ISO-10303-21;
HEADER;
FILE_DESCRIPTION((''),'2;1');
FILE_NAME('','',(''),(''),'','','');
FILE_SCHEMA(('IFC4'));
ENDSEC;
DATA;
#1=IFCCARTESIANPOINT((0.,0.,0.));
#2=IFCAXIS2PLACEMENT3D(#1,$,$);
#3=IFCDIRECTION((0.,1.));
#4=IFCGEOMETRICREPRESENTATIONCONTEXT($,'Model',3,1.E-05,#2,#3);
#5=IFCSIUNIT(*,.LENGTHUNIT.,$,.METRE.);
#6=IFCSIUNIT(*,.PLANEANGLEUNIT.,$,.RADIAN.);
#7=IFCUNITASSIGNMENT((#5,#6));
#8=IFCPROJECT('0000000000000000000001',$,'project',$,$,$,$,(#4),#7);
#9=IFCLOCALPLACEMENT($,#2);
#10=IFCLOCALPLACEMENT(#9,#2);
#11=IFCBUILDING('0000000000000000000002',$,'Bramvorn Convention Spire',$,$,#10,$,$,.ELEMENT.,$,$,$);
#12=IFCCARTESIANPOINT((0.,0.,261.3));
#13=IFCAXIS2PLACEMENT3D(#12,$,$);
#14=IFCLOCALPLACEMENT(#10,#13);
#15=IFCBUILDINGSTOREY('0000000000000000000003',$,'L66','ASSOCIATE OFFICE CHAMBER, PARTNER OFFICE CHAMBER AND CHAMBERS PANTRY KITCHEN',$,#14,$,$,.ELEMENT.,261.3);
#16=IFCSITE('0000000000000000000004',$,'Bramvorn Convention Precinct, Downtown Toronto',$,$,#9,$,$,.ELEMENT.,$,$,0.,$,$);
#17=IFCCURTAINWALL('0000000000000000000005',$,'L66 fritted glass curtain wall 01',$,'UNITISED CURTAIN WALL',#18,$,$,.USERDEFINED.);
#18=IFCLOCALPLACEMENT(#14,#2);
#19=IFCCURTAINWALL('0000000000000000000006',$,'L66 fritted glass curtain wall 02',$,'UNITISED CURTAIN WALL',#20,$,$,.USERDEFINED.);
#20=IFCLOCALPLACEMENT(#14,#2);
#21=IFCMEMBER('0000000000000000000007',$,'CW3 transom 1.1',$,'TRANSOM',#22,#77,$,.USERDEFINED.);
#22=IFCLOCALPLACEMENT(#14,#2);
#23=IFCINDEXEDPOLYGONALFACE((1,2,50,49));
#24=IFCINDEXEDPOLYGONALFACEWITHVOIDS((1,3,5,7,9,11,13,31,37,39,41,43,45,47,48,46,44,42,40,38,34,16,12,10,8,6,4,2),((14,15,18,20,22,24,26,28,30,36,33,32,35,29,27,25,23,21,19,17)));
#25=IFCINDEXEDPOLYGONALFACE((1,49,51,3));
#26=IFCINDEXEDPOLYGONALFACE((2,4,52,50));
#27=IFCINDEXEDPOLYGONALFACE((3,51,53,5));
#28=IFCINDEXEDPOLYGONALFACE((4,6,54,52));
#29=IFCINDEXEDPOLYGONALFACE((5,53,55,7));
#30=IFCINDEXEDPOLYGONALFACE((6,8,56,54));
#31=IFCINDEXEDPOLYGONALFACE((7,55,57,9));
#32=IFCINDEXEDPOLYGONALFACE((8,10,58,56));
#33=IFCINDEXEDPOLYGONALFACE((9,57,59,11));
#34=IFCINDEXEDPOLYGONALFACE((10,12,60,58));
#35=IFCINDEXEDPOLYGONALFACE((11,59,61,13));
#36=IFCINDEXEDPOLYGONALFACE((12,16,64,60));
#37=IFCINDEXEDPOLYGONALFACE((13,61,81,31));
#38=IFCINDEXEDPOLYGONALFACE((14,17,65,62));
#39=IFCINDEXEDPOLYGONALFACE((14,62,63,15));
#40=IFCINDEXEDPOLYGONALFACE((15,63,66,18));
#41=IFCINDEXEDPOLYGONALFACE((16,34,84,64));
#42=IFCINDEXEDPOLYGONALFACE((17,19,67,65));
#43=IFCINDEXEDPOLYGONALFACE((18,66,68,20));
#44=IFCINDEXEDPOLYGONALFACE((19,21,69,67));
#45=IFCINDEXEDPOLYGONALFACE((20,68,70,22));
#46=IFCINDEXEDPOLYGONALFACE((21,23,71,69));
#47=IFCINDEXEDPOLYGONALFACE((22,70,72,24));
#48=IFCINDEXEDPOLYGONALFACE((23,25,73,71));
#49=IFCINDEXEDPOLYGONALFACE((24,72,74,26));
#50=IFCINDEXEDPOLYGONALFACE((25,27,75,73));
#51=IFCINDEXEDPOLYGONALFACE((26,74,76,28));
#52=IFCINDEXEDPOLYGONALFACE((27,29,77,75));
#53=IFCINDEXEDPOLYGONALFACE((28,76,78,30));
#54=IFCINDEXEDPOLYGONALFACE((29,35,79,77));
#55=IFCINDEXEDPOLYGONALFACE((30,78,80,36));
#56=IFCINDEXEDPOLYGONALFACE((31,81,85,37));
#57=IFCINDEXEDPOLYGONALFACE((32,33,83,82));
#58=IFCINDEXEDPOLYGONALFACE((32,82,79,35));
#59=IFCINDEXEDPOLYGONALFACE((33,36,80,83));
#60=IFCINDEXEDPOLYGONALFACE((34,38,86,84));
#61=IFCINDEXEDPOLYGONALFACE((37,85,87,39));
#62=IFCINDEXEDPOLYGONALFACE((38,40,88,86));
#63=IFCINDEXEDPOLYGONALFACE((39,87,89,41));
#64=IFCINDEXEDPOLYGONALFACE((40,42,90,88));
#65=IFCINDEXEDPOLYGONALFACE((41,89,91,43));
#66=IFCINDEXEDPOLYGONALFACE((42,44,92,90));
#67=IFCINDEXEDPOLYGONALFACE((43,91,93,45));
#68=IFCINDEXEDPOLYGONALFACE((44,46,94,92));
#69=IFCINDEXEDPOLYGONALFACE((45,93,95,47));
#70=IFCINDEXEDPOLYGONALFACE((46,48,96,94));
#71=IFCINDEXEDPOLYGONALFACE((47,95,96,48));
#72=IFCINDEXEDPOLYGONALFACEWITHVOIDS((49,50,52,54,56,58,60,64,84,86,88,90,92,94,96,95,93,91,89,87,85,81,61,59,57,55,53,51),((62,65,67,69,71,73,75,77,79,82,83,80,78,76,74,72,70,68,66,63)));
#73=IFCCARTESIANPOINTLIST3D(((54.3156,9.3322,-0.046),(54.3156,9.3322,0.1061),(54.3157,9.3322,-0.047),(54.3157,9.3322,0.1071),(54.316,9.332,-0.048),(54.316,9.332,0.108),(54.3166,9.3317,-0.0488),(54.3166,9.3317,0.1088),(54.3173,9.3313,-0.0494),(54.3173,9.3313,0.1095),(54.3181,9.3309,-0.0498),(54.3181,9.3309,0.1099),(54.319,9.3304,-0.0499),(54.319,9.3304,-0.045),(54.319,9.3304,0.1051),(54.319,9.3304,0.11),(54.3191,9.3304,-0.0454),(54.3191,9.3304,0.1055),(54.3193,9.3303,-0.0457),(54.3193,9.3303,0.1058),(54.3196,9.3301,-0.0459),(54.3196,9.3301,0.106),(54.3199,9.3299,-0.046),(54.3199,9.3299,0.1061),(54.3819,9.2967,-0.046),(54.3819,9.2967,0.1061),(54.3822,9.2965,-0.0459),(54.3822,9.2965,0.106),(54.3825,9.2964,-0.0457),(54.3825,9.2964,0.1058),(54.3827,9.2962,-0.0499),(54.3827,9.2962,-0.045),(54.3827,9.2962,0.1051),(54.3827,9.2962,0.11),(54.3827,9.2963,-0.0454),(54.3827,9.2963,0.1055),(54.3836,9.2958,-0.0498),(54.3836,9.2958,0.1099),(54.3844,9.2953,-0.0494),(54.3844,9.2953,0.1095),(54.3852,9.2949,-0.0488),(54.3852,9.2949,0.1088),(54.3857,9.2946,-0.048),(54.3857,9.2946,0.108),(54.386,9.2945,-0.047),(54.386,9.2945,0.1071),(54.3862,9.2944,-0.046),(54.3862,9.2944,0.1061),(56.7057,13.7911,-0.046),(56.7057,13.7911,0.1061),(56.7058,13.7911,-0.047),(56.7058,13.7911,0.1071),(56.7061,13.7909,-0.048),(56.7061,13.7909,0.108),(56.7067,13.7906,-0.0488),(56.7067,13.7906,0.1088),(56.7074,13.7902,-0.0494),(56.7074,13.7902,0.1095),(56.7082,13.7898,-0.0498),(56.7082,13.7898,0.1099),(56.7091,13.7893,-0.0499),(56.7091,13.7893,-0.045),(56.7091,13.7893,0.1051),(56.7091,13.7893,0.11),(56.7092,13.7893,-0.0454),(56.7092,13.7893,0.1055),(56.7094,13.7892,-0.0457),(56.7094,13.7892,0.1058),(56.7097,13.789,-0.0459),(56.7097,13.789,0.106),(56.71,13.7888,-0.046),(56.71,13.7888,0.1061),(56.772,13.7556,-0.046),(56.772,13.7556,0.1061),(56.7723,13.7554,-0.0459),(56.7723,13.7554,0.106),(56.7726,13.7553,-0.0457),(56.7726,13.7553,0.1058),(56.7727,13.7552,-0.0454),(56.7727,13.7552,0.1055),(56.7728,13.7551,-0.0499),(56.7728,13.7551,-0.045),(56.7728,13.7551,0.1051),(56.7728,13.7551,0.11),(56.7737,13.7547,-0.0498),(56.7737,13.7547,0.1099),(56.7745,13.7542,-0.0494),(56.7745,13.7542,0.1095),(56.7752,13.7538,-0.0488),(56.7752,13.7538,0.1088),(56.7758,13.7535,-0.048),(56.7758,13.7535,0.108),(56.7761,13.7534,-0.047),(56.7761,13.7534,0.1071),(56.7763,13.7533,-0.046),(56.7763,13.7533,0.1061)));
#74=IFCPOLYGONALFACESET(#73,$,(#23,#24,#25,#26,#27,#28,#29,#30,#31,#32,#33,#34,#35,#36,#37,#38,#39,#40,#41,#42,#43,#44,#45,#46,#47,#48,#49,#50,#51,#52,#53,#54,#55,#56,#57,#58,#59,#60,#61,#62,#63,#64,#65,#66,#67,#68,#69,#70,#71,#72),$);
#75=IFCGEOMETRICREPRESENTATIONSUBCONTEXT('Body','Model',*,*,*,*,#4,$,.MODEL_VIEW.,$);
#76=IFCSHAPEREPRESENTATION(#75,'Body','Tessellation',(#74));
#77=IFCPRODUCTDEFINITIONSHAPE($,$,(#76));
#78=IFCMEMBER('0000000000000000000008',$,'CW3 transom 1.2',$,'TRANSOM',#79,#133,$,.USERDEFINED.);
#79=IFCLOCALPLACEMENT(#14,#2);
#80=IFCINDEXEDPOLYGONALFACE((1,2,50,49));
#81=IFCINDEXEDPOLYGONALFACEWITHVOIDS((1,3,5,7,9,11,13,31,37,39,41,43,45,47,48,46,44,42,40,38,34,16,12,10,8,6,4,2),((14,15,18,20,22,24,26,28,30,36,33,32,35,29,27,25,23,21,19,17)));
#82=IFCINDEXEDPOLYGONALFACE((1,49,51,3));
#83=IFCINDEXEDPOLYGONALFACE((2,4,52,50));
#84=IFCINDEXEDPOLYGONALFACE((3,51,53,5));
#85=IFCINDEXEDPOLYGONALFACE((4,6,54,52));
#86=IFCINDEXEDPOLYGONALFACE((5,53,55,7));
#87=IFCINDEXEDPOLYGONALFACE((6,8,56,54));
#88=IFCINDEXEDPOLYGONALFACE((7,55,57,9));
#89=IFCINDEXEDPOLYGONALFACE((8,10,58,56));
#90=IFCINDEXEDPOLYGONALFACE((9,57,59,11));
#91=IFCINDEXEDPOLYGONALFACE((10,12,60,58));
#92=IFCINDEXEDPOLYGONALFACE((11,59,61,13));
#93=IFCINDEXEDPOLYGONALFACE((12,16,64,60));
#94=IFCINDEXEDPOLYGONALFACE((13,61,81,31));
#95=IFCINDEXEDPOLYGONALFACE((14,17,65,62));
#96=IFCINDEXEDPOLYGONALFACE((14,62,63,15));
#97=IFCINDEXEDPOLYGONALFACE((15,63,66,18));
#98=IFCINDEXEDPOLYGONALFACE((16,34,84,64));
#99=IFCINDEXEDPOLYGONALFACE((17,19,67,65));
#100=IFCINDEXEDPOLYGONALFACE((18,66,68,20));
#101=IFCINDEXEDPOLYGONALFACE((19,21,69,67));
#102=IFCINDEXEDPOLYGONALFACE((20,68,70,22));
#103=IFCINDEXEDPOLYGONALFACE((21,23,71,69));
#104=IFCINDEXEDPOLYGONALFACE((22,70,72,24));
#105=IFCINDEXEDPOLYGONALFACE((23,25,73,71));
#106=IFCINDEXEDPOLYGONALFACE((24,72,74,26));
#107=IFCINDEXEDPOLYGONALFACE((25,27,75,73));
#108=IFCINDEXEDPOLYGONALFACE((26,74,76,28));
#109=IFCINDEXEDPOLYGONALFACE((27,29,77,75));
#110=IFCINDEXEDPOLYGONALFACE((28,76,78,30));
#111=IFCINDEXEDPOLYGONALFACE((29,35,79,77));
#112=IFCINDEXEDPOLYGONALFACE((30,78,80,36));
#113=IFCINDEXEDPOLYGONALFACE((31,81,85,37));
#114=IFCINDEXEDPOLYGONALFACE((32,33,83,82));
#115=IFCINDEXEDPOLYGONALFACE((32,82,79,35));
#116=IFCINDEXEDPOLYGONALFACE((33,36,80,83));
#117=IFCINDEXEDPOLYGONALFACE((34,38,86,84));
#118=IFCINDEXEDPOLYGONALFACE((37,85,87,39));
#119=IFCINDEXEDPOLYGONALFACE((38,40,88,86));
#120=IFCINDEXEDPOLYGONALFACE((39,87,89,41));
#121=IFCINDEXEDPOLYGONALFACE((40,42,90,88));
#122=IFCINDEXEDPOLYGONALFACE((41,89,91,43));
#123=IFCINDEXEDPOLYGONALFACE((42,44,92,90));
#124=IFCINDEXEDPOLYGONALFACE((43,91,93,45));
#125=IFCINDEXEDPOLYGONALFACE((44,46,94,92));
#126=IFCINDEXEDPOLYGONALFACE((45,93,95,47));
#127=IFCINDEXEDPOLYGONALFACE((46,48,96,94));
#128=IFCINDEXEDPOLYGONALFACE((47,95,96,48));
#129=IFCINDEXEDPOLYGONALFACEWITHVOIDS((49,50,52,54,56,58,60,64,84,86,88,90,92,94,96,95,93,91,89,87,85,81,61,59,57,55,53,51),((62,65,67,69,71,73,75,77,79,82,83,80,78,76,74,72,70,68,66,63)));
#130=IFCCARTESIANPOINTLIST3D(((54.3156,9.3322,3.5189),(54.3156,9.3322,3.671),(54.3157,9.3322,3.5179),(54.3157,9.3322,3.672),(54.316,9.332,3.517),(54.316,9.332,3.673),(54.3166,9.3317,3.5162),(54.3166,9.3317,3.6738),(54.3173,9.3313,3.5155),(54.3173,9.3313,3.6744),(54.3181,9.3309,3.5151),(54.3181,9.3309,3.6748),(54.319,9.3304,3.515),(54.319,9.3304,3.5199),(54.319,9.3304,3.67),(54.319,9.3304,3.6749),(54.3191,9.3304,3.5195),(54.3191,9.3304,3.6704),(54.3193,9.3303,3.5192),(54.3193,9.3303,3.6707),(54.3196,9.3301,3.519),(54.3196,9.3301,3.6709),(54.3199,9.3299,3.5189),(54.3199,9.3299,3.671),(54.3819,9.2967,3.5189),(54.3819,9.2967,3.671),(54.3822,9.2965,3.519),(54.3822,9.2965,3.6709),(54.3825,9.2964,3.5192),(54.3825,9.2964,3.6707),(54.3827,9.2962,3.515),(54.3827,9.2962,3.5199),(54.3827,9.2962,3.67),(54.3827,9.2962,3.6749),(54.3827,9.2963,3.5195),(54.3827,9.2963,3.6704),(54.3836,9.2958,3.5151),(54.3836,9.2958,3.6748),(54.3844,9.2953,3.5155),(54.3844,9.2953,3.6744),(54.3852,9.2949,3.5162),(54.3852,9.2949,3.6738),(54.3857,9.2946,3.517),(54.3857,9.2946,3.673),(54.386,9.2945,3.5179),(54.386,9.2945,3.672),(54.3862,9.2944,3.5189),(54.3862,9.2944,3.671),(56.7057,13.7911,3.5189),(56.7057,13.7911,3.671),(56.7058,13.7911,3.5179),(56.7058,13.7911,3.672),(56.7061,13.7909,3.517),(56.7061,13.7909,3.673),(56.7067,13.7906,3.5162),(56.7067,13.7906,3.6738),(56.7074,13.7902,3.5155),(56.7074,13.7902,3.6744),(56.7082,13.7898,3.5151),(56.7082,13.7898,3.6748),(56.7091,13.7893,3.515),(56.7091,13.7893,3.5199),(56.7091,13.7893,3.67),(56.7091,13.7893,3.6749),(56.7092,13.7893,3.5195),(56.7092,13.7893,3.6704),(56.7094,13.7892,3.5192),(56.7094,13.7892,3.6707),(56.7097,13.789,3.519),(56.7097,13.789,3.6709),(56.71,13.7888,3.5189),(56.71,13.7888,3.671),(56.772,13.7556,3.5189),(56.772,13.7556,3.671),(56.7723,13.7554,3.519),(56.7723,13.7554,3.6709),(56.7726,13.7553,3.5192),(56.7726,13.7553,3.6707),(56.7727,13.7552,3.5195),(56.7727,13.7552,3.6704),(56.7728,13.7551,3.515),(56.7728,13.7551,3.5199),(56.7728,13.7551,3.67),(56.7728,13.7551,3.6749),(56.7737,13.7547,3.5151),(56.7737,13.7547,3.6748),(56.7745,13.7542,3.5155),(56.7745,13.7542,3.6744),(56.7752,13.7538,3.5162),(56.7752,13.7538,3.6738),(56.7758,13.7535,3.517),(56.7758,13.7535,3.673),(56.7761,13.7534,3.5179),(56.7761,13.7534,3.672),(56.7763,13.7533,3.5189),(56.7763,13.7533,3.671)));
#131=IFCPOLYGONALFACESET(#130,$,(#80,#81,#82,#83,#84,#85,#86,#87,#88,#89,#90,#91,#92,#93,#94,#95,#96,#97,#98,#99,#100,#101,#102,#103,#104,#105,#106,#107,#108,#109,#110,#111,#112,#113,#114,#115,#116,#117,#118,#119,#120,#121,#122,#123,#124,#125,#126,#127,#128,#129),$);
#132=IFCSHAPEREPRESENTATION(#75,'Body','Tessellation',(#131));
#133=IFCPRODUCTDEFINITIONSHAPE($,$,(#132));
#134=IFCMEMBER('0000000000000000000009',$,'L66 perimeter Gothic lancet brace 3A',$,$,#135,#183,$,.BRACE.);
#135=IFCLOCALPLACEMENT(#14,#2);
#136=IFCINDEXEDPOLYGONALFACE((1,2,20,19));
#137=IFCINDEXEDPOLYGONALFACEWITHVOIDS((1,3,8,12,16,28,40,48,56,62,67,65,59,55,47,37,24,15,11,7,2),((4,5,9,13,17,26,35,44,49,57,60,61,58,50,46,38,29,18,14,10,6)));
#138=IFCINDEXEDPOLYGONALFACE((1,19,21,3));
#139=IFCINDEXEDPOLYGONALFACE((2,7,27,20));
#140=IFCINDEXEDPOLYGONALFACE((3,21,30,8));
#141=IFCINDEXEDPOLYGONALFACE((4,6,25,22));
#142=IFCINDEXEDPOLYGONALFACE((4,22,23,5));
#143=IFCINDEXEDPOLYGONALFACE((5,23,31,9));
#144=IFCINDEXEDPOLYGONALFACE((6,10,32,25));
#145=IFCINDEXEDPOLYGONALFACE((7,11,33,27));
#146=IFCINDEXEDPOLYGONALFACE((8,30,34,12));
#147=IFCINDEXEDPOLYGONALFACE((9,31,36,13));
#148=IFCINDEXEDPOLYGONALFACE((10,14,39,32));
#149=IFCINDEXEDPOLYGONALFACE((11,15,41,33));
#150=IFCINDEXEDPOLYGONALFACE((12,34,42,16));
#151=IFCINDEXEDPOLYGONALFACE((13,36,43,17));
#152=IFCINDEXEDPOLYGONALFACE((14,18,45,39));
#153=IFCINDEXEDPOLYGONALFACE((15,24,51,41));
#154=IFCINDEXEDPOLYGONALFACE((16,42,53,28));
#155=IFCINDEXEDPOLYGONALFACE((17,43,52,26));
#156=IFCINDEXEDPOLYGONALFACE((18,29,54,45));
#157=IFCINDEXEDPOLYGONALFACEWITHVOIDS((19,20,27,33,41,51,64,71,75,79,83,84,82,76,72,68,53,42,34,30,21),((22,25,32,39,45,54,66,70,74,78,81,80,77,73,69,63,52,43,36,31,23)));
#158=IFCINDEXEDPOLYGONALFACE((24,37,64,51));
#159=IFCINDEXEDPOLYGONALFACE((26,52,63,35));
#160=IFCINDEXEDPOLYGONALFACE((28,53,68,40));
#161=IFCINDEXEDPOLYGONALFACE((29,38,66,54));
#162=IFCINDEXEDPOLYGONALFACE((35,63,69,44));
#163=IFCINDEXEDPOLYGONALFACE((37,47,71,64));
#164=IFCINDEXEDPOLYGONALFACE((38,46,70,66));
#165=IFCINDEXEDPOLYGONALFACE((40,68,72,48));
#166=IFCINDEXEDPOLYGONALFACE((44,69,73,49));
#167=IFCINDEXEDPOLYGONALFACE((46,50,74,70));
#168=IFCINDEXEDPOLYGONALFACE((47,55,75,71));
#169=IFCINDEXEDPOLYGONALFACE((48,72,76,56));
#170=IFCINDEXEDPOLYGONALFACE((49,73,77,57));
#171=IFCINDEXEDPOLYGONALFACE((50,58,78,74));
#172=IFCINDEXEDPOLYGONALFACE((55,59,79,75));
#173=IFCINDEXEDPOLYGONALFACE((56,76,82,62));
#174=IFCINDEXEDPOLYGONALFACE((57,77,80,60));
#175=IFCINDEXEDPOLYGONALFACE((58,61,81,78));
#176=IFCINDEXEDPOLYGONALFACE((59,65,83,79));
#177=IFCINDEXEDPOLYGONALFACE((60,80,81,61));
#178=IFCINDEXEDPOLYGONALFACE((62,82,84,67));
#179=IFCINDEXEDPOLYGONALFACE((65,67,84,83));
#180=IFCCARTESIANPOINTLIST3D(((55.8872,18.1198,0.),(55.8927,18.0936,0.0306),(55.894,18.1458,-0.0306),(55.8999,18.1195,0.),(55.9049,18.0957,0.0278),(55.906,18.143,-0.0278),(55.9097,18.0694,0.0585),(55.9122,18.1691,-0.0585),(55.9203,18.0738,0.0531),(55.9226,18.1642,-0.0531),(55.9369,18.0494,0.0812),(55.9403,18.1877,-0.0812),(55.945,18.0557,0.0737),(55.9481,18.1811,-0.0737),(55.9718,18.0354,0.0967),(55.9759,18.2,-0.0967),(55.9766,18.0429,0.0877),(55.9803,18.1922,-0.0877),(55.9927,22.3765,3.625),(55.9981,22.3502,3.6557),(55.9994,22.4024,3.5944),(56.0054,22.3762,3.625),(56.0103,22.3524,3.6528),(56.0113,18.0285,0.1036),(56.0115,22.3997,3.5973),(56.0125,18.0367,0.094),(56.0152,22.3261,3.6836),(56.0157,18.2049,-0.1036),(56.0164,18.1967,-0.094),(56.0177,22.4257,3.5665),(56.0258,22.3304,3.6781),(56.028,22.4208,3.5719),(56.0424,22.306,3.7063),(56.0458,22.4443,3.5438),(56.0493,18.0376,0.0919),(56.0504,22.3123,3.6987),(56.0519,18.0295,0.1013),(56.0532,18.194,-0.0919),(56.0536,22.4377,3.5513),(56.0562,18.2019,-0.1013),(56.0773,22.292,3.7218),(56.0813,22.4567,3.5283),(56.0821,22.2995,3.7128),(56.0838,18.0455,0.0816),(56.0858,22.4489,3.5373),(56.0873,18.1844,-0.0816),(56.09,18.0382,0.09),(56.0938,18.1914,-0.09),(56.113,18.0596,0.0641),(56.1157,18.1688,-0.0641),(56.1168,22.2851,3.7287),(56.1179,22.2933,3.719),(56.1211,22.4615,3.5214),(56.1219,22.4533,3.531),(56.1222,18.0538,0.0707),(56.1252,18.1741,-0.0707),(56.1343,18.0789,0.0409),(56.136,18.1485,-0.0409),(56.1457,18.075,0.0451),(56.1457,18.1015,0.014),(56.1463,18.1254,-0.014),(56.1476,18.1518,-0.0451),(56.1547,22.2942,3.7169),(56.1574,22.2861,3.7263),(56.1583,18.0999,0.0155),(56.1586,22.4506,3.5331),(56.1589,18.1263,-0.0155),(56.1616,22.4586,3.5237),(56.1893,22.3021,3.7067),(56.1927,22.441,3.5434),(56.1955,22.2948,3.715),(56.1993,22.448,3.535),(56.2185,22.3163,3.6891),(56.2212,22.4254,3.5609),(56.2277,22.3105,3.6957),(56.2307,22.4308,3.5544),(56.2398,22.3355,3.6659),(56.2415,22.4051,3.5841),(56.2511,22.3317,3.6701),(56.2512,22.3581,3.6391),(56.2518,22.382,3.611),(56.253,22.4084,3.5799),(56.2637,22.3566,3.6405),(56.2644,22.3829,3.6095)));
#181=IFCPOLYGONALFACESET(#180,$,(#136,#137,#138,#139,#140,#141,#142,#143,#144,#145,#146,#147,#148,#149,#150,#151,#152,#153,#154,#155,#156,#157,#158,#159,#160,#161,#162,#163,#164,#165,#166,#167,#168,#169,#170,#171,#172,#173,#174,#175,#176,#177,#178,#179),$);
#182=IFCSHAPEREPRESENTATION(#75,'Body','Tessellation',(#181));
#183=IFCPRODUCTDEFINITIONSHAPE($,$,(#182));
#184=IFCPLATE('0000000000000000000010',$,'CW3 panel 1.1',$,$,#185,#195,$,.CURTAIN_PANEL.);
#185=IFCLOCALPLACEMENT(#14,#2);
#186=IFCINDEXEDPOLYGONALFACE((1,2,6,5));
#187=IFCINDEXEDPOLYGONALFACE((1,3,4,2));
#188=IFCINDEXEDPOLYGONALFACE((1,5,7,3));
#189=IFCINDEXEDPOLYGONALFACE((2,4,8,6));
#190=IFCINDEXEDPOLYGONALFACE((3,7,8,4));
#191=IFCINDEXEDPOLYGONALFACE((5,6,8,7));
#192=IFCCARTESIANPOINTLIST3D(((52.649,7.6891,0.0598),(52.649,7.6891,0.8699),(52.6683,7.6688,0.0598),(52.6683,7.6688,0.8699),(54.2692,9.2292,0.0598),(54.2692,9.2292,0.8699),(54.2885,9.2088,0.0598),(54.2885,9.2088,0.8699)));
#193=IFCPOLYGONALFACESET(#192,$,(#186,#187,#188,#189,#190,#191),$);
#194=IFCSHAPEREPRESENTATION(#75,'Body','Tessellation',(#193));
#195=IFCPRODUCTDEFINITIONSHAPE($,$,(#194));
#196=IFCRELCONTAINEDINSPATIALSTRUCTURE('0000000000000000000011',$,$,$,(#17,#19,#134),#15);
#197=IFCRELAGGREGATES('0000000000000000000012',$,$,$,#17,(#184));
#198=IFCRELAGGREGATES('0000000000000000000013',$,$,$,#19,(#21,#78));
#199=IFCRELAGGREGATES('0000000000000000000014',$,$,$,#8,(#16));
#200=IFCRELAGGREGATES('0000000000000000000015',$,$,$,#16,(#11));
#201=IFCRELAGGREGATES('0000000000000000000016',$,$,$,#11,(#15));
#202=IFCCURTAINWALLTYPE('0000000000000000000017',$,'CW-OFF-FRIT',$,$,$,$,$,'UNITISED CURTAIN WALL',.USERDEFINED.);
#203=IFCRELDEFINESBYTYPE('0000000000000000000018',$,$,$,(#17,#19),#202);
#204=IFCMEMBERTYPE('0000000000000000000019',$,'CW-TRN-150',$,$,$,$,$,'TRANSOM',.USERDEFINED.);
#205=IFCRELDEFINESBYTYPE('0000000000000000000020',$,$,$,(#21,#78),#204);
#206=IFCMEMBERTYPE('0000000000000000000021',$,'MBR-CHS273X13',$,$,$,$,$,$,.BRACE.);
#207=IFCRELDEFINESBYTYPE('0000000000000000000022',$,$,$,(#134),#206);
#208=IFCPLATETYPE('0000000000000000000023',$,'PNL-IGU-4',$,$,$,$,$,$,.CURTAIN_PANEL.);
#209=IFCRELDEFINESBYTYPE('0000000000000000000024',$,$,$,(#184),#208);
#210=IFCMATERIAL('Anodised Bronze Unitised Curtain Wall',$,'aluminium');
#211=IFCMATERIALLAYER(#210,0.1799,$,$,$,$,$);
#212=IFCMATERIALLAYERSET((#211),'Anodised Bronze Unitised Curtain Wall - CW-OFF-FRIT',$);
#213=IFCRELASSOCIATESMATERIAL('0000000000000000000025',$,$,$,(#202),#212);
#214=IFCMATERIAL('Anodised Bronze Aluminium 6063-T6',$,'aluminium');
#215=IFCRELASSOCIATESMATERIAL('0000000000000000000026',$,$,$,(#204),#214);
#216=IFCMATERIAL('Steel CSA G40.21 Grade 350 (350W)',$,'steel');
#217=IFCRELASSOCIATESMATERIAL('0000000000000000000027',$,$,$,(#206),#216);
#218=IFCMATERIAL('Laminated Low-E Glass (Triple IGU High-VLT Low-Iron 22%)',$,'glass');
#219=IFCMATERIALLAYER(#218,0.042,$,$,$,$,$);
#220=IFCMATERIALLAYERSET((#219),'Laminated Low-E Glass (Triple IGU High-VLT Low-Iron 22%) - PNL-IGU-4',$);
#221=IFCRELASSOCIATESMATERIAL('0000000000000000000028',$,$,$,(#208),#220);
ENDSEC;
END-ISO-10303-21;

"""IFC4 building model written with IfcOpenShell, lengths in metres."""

from ifc_helpers import new_model, si_unit, direction, frame, origin, origin_2d, place, context, subcontext, project, spatial, rectangle, hollow_rectangle, hollow_circle, extrude, material, layer, layer_set, material_profile, profile_set, type_object, element, aggregate, save


model = new_model("IFC4")

# Units and contexts
model_context = context("Model", 3, precision=1e-05, world=origin(), true_north=direction((0.0, 1.0)))
body_context = subcontext(model_context, "Body", "Model", "MODEL_VIEW")
ifc_project = project(units=[si_unit("LENGTHUNIT", "METRE"), si_unit("PLANEANGLEUNIT", "RADIAN")], contexts=[model_context])

# Site, building, storey
site_placement = place(None, origin())
site = spatial("IfcSite", under=ifc_project, at=site_placement, Name="Bramvorn Convention Precinct, Downtown Toronto", CompositionType="ELEMENT", RefElevation=0.0)
building_placement = place(site_placement, origin())
building = spatial("IfcBuilding", under=site, at=building_placement, Name="Bramvorn Convention Spire", CompositionType="ELEMENT")
storey_placement = place(building_placement, frame((0.0, 0.0, 261.3)))
storey = spatial("IfcBuildingStorey", under=building, at=storey_placement, Name="L66", Description="ASSOCIATE OFFICE CHAMBER, PARTNER OFFICE CHAMBER AND CHAMBERS PANTRY KITCHEN", CompositionType="ELEMENT", Elevation=261.3)

# Shared definitions
ifc_material_1 = material(Name="Steel CSA G40.21 Grade 350 (350W)", Category="steel")

# Curtain walls
ifc_material_2 = material(Name="Anodised Bronze Unitised Curtain Wall", Category="aluminium")
ifc_layer_1 = layer(ifc_material_2, 0.1799)
ifc_layer_set_1 = layer_set([ifc_layer_1], Name="Anodised Bronze Unitised Curtain Wall - CW-OFF-FRIT")
curtain_wall_type = type_object("IfcCurtainWallType", Name="CW-OFF-FRIT", ElementType="UNITISED CURTAIN WALL", PredefinedType="USERDEFINED", material=ifc_layer_set_1)
curtain_wall_1_placement = place(storey_placement, origin())
curtain_wall_1 = element("IfcCurtainWall", 1, at=curtain_wall_1_placement, inside=storey, type_object=curtain_wall_type, Name="L66 fritted glass curtain wall 01", ObjectType="UNITISED CURTAIN WALL", PredefinedType="USERDEFINED")
ifc_material_3 = material(Name="Anodised Bronze Aluminium 6063-T6", Category="aluminium")
curtain_wall_2_placement = place(storey_placement, origin())
curtain_wall_2 = element("IfcCurtainWall", 2, at=curtain_wall_2_placement, inside=storey, type_object=curtain_wall_type, Name="L66 fritted glass curtain wall 02", ObjectType="UNITISED CURTAIN WALL", PredefinedType="USERDEFINED")

# Members
ifc_material_profile_1 = material_profile(ifc_material_3, hollow_rectangle(XDim=0.0801, YDim=0.1599, WallThickness=0.0039, InnerFilletRadius=0.001, OuterFilletRadius=0.0039, at=origin_2d()))
ifc_profile_set_1 = profile_set([ifc_material_profile_1], Name="Anodised Bronze Aluminium 6063-T6 - CWT80X160")
member_type_1 = type_object("IfcMemberType", Name="CW-TRN-150", ElementType="TRANSOM", PredefinedType="USERDEFINED", material=ifc_profile_set_1)
member_1_placement = place(storey_placement, frame((56.741, 13.7722, 0.03), z_axis=(-0.472436, -0.881365, 0.0), x_axis=(0.881365, -0.472436, 0.0)))
member_1 = element("IfcMember", 3, at=member_1_placement, type_object=member_type_1, Name="CW3 transom 1.1", ObjectType="TRANSOM", PredefinedType="USERDEFINED", context=body_context, shape_type="SweptSolid", body=[
    extrude(hollow_rectangle(XDim=0.0801, YDim=0.1599, WallThickness=0.0039, InnerFilletRadius=0.001, OuterFilletRadius=0.0039, at=origin_2d()), origin(), (0.0, 0.0, 1.0), 5.0591),
])
member_2_placement = place(storey_placement, frame((56.741, 13.7722, 3.595), z_axis=(-0.472436, -0.881365, 0.0), x_axis=(0.881365, -0.472436, 0.0)))
member_2 = element("IfcMember", 4, at=member_2_placement, type_object=member_type_1, Name="CW3 transom 1.2", ObjectType="TRANSOM", PredefinedType="USERDEFINED", context=body_context, shape_type="SweptSolid", body=[
    extrude(hollow_rectangle(XDim=0.0801, YDim=0.1599, WallThickness=0.0039, InnerFilletRadius=0.001, OuterFilletRadius=0.0039, at=origin_2d()), origin(), (0.0, 0.0, 1.0), 5.0591),
])
ifc_material_profile_2 = material_profile(ifc_material_1, hollow_circle(Radius=0.1365, WallThickness=0.0127, at=origin_2d()))
ifc_profile_set_2 = profile_set([ifc_material_profile_2], Name="Steel CSA G40.21 Grade 350 (350W) - CHS273X13")
member_type_2 = type_object("IfcMemberType", Name="MBR-CHS273X13", PredefinedType="BRACE", material=ifc_profile_set_2)
member_3_placement = place(storey_placement, frame((56.0237, 18.1165, 0.0), z_axis=(0.018861, 0.761195, 0.648249), x_axis=(-0.999693, 0.02477, 0.0)))
element("IfcMember", 5, at=member_3_placement, inside=storey, type_object=member_type_2, Name="L66 perimeter Gothic lancet brace 3A", PredefinedType="BRACE", context=body_context, shape_type="SweptSolid", body=[
    extrude(hollow_circle(Radius=0.1365, WallThickness=0.0127, at=origin_2d()), origin(), (0.0, 0.0, 1.0), 5.592),
])

# Plate
ifc_material_4 = material(Name="Laminated Low-E Glass (Triple IGU High-VLT Low-Iron 22%)", Category="glass")
ifc_layer_2 = layer(ifc_material_4, 0.042)
ifc_layer_set_2 = layer_set([ifc_layer_2], Name="Laminated Low-E Glass (Triple IGU High-VLT Low-Iron 22%) - PNL-IGU-4")
plate_type = type_object("IfcPlateType", Name="PNL-IGU-4", PredefinedType="CURTAIN_PANEL", material=ifc_layer_set_2)
plate_1_placement = place(storey_placement, frame((53.4688, 8.449, 0.0598), z_axis=(0.0, 0.0, 1.0), x_axis=(-0.724823, -0.688935, 0.0)))
plate_1 = element("IfcPlate", 6, at=plate_1_placement, type_object=plate_type, Name="CW3 panel 1.1", PredefinedType="CURTAIN_PANEL", context=body_context, shape_type="SweptSolid", body=[
    extrude(rectangle(XDim=2.2354, YDim=0.0281, at=origin_2d()), origin(), (0.0, 0.0, 1.0), 0.8101),
])
aggregate(curtain_wall_1, [plate_1])
aggregate(curtain_wall_2, [member_1, member_2])

save(model, "model.ifc")
